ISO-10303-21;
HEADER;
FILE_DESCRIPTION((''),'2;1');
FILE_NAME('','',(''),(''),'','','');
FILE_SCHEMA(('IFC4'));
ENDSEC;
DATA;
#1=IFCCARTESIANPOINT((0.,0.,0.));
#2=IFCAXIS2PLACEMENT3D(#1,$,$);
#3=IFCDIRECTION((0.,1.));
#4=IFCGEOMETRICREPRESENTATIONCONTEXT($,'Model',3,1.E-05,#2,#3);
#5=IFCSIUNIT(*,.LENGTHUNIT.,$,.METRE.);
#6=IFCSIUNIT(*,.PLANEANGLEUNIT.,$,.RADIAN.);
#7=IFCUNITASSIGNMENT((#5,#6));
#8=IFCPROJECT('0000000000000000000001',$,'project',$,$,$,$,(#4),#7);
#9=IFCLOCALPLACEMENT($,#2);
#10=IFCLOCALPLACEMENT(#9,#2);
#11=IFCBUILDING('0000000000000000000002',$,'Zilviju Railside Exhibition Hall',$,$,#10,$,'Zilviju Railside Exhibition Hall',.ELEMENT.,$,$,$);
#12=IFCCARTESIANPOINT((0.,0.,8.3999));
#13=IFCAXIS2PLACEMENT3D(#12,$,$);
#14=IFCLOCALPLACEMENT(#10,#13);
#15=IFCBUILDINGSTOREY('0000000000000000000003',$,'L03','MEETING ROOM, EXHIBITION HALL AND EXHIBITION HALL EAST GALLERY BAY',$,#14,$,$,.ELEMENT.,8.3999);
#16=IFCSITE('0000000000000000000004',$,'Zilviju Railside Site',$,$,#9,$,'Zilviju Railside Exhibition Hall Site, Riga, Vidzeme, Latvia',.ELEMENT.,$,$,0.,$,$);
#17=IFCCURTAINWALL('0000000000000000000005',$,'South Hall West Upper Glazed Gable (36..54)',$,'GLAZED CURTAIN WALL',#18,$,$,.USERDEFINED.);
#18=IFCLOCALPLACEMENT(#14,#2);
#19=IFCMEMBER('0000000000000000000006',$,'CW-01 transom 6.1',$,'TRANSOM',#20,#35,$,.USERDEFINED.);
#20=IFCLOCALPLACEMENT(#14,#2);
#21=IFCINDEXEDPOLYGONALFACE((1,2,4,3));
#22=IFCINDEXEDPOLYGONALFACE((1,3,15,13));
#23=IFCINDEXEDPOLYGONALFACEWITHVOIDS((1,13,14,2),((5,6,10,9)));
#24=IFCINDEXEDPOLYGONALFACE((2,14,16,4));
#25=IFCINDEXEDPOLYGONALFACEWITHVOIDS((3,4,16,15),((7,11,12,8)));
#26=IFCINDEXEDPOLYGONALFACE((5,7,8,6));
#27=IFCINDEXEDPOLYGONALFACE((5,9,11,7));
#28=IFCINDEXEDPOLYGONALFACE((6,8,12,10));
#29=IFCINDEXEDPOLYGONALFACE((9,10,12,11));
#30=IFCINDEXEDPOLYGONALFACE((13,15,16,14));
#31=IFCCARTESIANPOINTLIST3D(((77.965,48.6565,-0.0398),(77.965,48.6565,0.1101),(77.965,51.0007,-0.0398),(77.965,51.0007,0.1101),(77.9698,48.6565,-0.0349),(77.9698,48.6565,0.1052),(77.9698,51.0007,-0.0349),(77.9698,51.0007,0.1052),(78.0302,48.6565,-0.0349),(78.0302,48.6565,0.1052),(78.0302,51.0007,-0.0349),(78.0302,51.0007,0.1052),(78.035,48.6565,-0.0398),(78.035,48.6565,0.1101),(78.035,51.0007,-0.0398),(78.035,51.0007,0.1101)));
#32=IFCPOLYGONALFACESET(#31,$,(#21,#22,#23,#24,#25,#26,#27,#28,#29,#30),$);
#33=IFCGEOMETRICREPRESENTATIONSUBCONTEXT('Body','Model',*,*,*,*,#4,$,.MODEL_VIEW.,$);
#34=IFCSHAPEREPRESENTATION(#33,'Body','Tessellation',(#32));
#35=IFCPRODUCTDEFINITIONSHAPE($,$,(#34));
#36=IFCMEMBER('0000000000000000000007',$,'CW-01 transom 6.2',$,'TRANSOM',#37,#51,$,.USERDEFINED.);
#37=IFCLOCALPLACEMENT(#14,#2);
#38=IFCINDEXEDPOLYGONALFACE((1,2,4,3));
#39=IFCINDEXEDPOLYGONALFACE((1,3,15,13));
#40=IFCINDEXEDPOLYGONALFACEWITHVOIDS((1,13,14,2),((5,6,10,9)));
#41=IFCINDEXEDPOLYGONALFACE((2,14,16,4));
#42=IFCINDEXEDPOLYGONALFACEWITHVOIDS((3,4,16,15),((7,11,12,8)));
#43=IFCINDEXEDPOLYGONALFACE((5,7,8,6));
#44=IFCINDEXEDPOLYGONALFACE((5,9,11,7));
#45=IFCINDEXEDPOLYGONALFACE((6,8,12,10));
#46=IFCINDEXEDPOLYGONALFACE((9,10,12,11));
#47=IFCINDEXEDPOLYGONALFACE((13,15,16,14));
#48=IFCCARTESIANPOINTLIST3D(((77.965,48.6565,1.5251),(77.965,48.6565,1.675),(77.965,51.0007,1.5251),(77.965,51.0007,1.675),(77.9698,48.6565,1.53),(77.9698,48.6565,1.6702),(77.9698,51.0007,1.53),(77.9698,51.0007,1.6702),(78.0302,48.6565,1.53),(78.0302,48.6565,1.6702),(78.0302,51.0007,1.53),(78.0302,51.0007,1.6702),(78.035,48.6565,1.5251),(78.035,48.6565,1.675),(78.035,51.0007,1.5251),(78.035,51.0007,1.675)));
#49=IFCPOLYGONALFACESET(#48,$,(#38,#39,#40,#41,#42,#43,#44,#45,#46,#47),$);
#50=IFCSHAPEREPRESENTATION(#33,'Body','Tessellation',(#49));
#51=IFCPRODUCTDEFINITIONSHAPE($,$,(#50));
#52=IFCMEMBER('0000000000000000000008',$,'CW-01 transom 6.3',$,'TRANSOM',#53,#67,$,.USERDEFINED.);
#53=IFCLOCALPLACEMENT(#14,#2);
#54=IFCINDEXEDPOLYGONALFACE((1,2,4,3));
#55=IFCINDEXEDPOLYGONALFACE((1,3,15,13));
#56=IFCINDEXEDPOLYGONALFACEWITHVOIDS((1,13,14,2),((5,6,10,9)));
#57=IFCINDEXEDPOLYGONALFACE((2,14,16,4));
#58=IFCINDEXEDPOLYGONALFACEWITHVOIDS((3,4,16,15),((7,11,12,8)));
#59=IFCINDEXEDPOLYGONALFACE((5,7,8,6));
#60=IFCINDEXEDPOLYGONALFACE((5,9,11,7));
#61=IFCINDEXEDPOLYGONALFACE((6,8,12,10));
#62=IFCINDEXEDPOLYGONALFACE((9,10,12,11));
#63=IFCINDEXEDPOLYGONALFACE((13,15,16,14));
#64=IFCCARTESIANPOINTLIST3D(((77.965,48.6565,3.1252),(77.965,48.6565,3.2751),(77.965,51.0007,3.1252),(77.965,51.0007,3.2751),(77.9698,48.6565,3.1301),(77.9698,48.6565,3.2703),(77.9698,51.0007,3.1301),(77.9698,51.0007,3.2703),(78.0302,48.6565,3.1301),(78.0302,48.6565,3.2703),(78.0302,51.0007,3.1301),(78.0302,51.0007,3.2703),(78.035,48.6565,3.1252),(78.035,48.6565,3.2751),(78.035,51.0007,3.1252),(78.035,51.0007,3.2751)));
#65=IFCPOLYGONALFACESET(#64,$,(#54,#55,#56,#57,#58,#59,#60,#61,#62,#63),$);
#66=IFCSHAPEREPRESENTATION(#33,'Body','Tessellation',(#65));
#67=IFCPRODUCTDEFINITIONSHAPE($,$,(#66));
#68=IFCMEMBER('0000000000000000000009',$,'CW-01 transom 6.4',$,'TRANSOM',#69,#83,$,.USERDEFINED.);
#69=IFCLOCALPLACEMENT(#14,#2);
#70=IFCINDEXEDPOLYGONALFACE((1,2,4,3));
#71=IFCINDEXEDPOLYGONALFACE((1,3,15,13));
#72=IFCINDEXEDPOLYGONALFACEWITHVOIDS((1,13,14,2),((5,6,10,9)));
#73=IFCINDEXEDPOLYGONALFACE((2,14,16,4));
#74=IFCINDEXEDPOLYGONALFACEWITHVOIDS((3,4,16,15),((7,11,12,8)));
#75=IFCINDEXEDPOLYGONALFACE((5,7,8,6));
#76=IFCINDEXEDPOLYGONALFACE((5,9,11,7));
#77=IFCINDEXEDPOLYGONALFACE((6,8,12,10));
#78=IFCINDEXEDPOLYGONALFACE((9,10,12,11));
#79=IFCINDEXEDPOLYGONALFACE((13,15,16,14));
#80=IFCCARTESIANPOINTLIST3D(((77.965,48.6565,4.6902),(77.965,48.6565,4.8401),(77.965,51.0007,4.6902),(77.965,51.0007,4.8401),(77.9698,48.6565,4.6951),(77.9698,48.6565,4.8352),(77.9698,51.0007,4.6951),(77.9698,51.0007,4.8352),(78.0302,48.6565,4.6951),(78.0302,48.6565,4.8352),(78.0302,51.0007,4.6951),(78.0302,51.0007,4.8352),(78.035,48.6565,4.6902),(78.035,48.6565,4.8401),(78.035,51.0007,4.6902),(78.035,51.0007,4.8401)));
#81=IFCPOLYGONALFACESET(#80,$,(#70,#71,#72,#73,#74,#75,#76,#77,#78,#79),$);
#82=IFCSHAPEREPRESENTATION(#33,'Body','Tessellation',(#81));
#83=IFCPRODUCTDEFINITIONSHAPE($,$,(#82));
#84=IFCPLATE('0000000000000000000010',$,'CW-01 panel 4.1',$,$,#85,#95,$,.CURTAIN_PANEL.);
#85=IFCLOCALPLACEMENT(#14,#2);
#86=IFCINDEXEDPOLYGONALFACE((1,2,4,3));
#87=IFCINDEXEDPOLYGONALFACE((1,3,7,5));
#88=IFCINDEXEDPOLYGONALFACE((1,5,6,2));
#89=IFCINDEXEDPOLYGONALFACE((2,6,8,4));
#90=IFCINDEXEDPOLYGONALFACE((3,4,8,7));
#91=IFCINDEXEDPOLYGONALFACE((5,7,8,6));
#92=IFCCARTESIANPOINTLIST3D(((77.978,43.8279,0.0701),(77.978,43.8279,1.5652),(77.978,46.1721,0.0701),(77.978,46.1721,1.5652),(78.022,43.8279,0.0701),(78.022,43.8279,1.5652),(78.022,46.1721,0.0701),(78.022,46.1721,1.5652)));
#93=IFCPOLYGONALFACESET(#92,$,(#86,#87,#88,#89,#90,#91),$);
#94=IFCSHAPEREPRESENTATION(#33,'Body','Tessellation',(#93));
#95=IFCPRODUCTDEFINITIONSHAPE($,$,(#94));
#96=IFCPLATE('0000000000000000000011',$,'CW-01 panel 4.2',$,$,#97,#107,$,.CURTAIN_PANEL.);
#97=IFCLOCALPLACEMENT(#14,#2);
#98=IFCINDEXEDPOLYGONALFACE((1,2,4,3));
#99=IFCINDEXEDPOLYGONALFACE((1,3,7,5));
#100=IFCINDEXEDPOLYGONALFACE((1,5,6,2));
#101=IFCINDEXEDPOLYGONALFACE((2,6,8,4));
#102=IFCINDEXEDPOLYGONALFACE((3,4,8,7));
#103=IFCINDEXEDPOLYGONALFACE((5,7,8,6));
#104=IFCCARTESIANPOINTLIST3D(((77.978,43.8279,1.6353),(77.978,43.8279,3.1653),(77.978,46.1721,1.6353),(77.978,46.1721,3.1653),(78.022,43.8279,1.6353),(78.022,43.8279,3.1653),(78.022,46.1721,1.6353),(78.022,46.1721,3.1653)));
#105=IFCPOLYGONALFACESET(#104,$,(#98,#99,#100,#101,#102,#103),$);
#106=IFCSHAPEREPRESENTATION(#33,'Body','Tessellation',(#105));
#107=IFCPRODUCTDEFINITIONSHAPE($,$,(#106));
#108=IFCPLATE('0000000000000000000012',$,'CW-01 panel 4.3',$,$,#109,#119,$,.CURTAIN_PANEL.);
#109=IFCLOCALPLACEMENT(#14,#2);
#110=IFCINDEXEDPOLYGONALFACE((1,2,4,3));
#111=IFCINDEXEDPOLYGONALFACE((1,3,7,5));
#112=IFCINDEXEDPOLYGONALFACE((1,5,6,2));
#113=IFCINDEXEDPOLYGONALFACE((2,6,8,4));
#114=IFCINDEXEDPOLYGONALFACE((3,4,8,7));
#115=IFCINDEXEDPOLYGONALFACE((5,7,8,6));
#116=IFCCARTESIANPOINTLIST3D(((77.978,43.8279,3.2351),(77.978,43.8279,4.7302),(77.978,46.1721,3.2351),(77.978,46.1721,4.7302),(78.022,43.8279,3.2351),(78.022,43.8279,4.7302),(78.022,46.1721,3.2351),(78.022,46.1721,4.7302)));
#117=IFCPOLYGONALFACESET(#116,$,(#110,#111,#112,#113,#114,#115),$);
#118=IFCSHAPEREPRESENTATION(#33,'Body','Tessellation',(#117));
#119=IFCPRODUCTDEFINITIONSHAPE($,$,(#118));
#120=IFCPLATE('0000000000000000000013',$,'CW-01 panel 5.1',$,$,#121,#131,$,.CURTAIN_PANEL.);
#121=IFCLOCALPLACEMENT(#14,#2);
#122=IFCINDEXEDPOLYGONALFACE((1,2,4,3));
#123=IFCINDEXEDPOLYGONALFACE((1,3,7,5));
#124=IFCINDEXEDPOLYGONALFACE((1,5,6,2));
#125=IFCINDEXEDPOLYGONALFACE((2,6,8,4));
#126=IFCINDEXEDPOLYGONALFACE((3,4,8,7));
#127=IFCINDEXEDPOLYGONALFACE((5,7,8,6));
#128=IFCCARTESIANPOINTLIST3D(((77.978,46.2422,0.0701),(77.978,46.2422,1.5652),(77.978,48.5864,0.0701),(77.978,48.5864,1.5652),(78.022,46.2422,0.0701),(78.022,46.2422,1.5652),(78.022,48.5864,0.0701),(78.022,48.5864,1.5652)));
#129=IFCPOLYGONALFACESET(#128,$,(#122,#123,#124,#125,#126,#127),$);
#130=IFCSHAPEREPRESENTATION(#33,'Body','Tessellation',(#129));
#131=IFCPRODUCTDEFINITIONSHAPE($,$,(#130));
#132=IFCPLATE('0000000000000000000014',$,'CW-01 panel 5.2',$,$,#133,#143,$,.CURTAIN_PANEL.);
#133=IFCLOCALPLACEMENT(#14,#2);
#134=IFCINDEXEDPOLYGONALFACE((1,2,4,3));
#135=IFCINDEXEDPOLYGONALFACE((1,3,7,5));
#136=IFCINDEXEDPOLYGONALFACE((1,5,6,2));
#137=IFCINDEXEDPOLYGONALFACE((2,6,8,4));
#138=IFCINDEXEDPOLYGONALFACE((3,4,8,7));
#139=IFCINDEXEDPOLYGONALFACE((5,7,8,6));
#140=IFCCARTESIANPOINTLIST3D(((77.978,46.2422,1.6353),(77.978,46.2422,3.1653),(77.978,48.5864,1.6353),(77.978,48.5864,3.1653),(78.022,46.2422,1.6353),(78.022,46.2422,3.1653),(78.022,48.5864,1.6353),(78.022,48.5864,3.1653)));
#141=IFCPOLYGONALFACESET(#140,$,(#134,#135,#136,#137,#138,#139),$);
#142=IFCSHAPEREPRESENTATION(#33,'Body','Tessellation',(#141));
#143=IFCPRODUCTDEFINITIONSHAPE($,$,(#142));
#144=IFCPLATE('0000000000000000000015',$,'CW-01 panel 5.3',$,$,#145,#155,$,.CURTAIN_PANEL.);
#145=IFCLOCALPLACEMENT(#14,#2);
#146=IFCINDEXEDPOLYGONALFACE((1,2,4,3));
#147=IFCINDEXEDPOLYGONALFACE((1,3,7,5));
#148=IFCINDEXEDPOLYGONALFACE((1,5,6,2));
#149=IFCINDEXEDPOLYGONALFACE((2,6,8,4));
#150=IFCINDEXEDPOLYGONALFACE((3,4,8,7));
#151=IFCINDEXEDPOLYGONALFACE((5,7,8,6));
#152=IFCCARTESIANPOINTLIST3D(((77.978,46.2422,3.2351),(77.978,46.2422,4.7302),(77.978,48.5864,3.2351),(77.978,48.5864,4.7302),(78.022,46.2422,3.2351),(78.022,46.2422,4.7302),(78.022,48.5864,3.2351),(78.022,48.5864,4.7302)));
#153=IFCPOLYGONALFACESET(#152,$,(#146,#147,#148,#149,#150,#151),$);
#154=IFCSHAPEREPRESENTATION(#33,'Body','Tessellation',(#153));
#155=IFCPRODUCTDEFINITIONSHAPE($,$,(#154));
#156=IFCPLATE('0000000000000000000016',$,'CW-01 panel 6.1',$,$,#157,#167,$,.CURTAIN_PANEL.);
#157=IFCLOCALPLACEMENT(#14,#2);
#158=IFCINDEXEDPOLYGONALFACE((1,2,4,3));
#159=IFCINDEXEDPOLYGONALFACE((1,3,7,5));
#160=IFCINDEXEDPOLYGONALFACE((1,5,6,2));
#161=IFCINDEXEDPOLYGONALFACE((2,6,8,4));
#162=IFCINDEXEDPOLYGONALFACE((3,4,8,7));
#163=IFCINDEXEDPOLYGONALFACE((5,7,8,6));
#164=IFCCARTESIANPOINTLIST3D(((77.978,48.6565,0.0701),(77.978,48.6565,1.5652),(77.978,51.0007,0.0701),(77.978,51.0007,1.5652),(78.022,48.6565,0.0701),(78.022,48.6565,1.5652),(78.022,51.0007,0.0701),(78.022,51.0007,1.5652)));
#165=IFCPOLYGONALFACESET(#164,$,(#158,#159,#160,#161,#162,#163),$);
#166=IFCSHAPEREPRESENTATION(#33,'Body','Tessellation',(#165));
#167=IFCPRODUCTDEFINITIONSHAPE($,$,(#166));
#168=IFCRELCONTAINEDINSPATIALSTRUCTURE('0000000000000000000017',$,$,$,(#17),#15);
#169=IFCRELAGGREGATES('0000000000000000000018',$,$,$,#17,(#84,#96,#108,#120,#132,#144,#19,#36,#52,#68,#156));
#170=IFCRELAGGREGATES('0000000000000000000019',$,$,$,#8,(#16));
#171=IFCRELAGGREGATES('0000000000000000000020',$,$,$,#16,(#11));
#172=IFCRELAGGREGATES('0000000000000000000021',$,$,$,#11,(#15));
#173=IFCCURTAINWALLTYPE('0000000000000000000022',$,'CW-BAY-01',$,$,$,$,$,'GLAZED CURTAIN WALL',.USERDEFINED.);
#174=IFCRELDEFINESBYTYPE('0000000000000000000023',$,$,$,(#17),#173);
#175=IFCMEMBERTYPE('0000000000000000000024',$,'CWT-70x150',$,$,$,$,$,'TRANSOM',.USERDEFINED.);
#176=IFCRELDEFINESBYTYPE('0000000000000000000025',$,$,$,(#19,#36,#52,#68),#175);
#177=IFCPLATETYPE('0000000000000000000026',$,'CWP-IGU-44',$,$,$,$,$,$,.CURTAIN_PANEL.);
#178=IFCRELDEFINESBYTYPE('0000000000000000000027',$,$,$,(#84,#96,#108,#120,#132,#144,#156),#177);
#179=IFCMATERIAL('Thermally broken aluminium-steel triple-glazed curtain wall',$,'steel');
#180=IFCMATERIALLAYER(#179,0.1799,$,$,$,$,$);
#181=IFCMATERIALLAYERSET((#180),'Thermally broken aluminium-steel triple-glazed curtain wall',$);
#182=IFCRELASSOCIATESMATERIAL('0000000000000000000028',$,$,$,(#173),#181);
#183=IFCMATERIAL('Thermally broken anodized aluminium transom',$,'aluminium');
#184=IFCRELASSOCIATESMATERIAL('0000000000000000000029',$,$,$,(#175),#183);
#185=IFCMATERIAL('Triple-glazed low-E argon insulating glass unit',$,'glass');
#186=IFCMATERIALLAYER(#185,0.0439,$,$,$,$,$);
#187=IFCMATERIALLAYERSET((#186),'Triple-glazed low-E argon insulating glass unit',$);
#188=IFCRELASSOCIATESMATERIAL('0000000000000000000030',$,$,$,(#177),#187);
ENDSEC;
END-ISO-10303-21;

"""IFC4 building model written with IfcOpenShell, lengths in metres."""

from ifc_helpers import new_model, si_unit, direction, frame, origin, origin_2d, place, context, subcontext, project, spatial, rectangle, hollow_rectangle, extrude, material, layer, layer_set, material_profile, profile_set, type_object, element, aggregate, save


model = new_model("IFC4")

# Units and contexts
model_context = context("Model", 3, precision=1e-05, world=origin(), true_north=direction((0.0, 1.0)))
body_context = subcontext(model_context, "Body", "Model", "MODEL_VIEW")
ifc_project = project(units=[si_unit("LENGTHUNIT", "METRE"), si_unit("PLANEANGLEUNIT", "RADIAN")], contexts=[model_context])

# Site, building, storey
site_placement = place(None, origin())
site = spatial("IfcSite", under=ifc_project, at=site_placement, Name="Zilviju Railside Site", LongName="Zilviju Railside Exhibition Hall Site, Riga, Vidzeme, Latvia", CompositionType="ELEMENT", RefElevation=0.0)
building_placement = place(site_placement, origin())
building = spatial("IfcBuilding", under=site, at=building_placement, Name="Zilviju Railside Exhibition Hall", LongName="Zilviju Railside Exhibition Hall", CompositionType="ELEMENT")
storey_placement = place(building_placement, frame((0.0, 0.0, 8.3999)))
storey = spatial("IfcBuildingStorey", under=building, at=storey_placement, Name="L03", Description="MEETING ROOM, EXHIBITION HALL AND EXHIBITION HALL EAST GALLERY BAY", CompositionType="ELEMENT", Elevation=8.3999)

# Curtain wall, members, plates
ifc_material_1 = material(Name="Thermally broken aluminium-steel triple-glazed curtain wall", Category="steel")
ifc_layer_1 = layer(ifc_material_1, 0.1799)
ifc_layer_set_1 = layer_set([ifc_layer_1], Name="Thermally broken aluminium-steel triple-glazed curtain wall")
curtain_wall_type = type_object("IfcCurtainWallType", Name="CW-BAY-01", ElementType="GLAZED CURTAIN WALL", PredefinedType="USERDEFINED", material=ifc_layer_set_1)
curtain_wall_placement = place(storey_placement, origin())
curtain_wall = element("IfcCurtainWall", 1, at=curtain_wall_placement, inside=storey, type_object=curtain_wall_type, Name="South Hall West Upper Glazed Gable (36..54)", ObjectType="GLAZED CURTAIN WALL", PredefinedType="USERDEFINED")
ifc_material_2 = material(Name="Thermally broken anodized aluminium transom", Category="aluminium")
ifc_material_profile_1 = material_profile(ifc_material_2, hollow_rectangle(XDim=0.0701, YDim=0.1499, WallThickness=0.0049, at=origin_2d()), Name="TRANSOM 150x70x5")
ifc_profile_set_1 = profile_set([ifc_material_profile_1], Name="Thermally broken anodized aluminium transom")
member_type_1 = type_object("IfcMemberType", Name="CWT-70x150", ElementType="TRANSOM", PredefinedType="USERDEFINED", material=ifc_profile_set_1)
member_1_placement = place(storey_placement, frame((78.0, 48.6565, 0.0352), z_axis=(0.0, 1.0, 0.0), x_axis=(-1.0, 0.0, 0.0)))
member_1 = element("IfcMember", 2, at=member_1_placement, type_object=member_type_1, Name="CW-01 transom 6.1", ObjectType="TRANSOM", PredefinedType="USERDEFINED", context=body_context, shape_type="SweptSolid", body=[
    extrude(hollow_rectangle(XDim=0.0701, YDim=0.1499, WallThickness=0.0049, at=origin_2d()), origin(), (0.0, 0.0, 1.0), 2.3442),
])
member_2_placement = place(storey_placement, frame((78.0, 48.6565, 1.6001), z_axis=(0.0, 1.0, 0.0), x_axis=(-1.0, 0.0, 0.0)))
member_2 = element("IfcMember", 3, at=member_2_placement, type_object=member_type_1, Name="CW-01 transom 6.2", ObjectType="TRANSOM", PredefinedType="USERDEFINED", context=body_context, shape_type="SweptSolid", body=[
    extrude(hollow_rectangle(XDim=0.0701, YDim=0.1499, WallThickness=0.0049, at=origin_2d()), origin(), (0.0, 0.0, 1.0), 2.3442),
])
member_3_placement = place(storey_placement, frame((78.0, 48.6565, 3.2002), z_axis=(0.0, 1.0, 0.0), x_axis=(-1.0, 0.0, 0.0)))
member_3 = element("IfcMember", 4, at=member_3_placement, type_object=member_type_1, Name="CW-01 transom 6.3", ObjectType="TRANSOM", PredefinedType="USERDEFINED", context=body_context, shape_type="SweptSolid", body=[
    extrude(hollow_rectangle(XDim=0.0701, YDim=0.1499, WallThickness=0.0049, at=origin_2d()), origin(), (0.0, 0.0, 1.0), 2.3442),
])
member_4_placement = place(storey_placement, frame((78.0, 48.6565, 4.7651), z_axis=(0.0, 1.0, 0.0), x_axis=(-1.0, 0.0, 0.0)))
member_4 = element("IfcMember", 5, at=member_4_placement, type_object=member_type_1, Name="CW-01 transom 6.4", ObjectType="TRANSOM", PredefinedType="USERDEFINED", context=body_context, shape_type="SweptSolid", body=[
    extrude(hollow_rectangle(XDim=0.0701, YDim=0.1499, WallThickness=0.0049, at=origin_2d()), origin(), (0.0, 0.0, 1.0), 2.3442),
])
ifc_material_3 = material(Name="Triple-glazed low-E argon insulating glass unit", Category="glass")
ifc_layer_2 = layer(ifc_material_3, 0.0439)
ifc_layer_set_2 = layer_set([ifc_layer_2], Name="Triple-glazed low-E argon insulating glass unit")
plate_type = type_object("IfcPlateType", Name="CWP-IGU-44", PredefinedType="CURTAIN_PANEL", material=ifc_layer_set_2)
plate_1_placement = place(storey_placement, frame((78.0, 45.0, 0.0701), z_axis=(0.0, 0.0, 1.0), x_axis=(0.0, 1.0, 0.0)))
plate_1 = element("IfcPlate", 6, at=plate_1_placement, type_object=plate_type, Name="CW-01 panel 4.1", PredefinedType="CURTAIN_PANEL", context=body_context, shape_type="SweptSolid", body=[
    extrude(rectangle(XDim=2.3442, YDim=0.0439, at=origin_2d()), origin(), (0.0, 0.0, 1.0), 1.4951),
])
plate_2_placement = place(storey_placement, frame((78.0, 45.0, 1.6353), z_axis=(0.0, 0.0, 1.0), x_axis=(0.0, 1.0, 0.0)))
plate_2 = element("IfcPlate", 7, at=plate_2_placement, type_object=plate_type, Name="CW-01 panel 4.2", PredefinedType="CURTAIN_PANEL", context=body_context, shape_type="SweptSolid", body=[
    extrude(rectangle(XDim=2.3442, YDim=0.0439, at=origin_2d()), origin(), (0.0, 0.0, 1.0), 1.53),
])
plate_3_placement = place(storey_placement, frame((78.0, 45.0, 3.2351), z_axis=(0.0, 0.0, 1.0), x_axis=(0.0, 1.0, 0.0)))
plate_3 = element("IfcPlate", 8, at=plate_3_placement, type_object=plate_type, Name="CW-01 panel 4.3", PredefinedType="CURTAIN_PANEL", context=body_context, shape_type="SweptSolid", body=[
    extrude(rectangle(XDim=2.3442, YDim=0.0439, at=origin_2d()), origin(), (0.0, 0.0, 1.0), 1.4951),
])
plate_4_placement = place(storey_placement, frame((78.0, 47.4143, 0.0701), z_axis=(0.0, 0.0, 1.0), x_axis=(0.0, 1.0, 0.0)))
plate_4 = element("IfcPlate", 9, at=plate_4_placement, type_object=plate_type, Name="CW-01 panel 5.1", PredefinedType="CURTAIN_PANEL", context=body_context, shape_type="SweptSolid", body=[
    extrude(rectangle(XDim=2.3442, YDim=0.0439, at=origin_2d()), origin(), (0.0, 0.0, 1.0), 1.4951),
])
plate_5_placement = place(storey_placement, frame((78.0, 47.4143, 1.6353), z_axis=(0.0, 0.0, 1.0), x_axis=(0.0, 1.0, 0.0)))
plate_5 = element("IfcPlate", 10, at=plate_5_placement, type_object=plate_type, Name="CW-01 panel 5.2", PredefinedType="CURTAIN_PANEL", context=body_context, shape_type="SweptSolid", body=[
    extrude(rectangle(XDim=2.3442, YDim=0.0439, at=origin_2d()), origin(), (0.0, 0.0, 1.0), 1.53),
])
plate_6_placement = place(storey_placement, frame((78.0, 47.4143, 3.2351), z_axis=(0.0, 0.0, 1.0), x_axis=(0.0, 1.0, 0.0)))
plate_6 = element("IfcPlate", 11, at=plate_6_placement, type_object=plate_type, Name="CW-01 panel 5.3", PredefinedType="CURTAIN_PANEL", context=body_context, shape_type="SweptSolid", body=[
    extrude(rectangle(XDim=2.3442, YDim=0.0439, at=origin_2d()), origin(), (0.0, 0.0, 1.0), 1.4951),
])
plate_7_placement = place(storey_placement, frame((78.0, 49.8286, 0.0701), z_axis=(0.0, 0.0, 1.0), x_axis=(0.0, 1.0, 0.0)))
plate_7 = element("IfcPlate", 12, at=plate_7_placement, type_object=plate_type, Name="CW-01 panel 6.1", PredefinedType="CURTAIN_PANEL", context=body_context, shape_type="SweptSolid", body=[
    extrude(rectangle(XDim=2.3442, YDim=0.0439, at=origin_2d()), origin(), (0.0, 0.0, 1.0), 1.4951),
])
aggregate(curtain_wall, [plate_1, plate_2, plate_3, plate_4, plate_5, plate_6, member_1, member_2, member_3, member_4, plate_7])

save(model, "model.ifc")
